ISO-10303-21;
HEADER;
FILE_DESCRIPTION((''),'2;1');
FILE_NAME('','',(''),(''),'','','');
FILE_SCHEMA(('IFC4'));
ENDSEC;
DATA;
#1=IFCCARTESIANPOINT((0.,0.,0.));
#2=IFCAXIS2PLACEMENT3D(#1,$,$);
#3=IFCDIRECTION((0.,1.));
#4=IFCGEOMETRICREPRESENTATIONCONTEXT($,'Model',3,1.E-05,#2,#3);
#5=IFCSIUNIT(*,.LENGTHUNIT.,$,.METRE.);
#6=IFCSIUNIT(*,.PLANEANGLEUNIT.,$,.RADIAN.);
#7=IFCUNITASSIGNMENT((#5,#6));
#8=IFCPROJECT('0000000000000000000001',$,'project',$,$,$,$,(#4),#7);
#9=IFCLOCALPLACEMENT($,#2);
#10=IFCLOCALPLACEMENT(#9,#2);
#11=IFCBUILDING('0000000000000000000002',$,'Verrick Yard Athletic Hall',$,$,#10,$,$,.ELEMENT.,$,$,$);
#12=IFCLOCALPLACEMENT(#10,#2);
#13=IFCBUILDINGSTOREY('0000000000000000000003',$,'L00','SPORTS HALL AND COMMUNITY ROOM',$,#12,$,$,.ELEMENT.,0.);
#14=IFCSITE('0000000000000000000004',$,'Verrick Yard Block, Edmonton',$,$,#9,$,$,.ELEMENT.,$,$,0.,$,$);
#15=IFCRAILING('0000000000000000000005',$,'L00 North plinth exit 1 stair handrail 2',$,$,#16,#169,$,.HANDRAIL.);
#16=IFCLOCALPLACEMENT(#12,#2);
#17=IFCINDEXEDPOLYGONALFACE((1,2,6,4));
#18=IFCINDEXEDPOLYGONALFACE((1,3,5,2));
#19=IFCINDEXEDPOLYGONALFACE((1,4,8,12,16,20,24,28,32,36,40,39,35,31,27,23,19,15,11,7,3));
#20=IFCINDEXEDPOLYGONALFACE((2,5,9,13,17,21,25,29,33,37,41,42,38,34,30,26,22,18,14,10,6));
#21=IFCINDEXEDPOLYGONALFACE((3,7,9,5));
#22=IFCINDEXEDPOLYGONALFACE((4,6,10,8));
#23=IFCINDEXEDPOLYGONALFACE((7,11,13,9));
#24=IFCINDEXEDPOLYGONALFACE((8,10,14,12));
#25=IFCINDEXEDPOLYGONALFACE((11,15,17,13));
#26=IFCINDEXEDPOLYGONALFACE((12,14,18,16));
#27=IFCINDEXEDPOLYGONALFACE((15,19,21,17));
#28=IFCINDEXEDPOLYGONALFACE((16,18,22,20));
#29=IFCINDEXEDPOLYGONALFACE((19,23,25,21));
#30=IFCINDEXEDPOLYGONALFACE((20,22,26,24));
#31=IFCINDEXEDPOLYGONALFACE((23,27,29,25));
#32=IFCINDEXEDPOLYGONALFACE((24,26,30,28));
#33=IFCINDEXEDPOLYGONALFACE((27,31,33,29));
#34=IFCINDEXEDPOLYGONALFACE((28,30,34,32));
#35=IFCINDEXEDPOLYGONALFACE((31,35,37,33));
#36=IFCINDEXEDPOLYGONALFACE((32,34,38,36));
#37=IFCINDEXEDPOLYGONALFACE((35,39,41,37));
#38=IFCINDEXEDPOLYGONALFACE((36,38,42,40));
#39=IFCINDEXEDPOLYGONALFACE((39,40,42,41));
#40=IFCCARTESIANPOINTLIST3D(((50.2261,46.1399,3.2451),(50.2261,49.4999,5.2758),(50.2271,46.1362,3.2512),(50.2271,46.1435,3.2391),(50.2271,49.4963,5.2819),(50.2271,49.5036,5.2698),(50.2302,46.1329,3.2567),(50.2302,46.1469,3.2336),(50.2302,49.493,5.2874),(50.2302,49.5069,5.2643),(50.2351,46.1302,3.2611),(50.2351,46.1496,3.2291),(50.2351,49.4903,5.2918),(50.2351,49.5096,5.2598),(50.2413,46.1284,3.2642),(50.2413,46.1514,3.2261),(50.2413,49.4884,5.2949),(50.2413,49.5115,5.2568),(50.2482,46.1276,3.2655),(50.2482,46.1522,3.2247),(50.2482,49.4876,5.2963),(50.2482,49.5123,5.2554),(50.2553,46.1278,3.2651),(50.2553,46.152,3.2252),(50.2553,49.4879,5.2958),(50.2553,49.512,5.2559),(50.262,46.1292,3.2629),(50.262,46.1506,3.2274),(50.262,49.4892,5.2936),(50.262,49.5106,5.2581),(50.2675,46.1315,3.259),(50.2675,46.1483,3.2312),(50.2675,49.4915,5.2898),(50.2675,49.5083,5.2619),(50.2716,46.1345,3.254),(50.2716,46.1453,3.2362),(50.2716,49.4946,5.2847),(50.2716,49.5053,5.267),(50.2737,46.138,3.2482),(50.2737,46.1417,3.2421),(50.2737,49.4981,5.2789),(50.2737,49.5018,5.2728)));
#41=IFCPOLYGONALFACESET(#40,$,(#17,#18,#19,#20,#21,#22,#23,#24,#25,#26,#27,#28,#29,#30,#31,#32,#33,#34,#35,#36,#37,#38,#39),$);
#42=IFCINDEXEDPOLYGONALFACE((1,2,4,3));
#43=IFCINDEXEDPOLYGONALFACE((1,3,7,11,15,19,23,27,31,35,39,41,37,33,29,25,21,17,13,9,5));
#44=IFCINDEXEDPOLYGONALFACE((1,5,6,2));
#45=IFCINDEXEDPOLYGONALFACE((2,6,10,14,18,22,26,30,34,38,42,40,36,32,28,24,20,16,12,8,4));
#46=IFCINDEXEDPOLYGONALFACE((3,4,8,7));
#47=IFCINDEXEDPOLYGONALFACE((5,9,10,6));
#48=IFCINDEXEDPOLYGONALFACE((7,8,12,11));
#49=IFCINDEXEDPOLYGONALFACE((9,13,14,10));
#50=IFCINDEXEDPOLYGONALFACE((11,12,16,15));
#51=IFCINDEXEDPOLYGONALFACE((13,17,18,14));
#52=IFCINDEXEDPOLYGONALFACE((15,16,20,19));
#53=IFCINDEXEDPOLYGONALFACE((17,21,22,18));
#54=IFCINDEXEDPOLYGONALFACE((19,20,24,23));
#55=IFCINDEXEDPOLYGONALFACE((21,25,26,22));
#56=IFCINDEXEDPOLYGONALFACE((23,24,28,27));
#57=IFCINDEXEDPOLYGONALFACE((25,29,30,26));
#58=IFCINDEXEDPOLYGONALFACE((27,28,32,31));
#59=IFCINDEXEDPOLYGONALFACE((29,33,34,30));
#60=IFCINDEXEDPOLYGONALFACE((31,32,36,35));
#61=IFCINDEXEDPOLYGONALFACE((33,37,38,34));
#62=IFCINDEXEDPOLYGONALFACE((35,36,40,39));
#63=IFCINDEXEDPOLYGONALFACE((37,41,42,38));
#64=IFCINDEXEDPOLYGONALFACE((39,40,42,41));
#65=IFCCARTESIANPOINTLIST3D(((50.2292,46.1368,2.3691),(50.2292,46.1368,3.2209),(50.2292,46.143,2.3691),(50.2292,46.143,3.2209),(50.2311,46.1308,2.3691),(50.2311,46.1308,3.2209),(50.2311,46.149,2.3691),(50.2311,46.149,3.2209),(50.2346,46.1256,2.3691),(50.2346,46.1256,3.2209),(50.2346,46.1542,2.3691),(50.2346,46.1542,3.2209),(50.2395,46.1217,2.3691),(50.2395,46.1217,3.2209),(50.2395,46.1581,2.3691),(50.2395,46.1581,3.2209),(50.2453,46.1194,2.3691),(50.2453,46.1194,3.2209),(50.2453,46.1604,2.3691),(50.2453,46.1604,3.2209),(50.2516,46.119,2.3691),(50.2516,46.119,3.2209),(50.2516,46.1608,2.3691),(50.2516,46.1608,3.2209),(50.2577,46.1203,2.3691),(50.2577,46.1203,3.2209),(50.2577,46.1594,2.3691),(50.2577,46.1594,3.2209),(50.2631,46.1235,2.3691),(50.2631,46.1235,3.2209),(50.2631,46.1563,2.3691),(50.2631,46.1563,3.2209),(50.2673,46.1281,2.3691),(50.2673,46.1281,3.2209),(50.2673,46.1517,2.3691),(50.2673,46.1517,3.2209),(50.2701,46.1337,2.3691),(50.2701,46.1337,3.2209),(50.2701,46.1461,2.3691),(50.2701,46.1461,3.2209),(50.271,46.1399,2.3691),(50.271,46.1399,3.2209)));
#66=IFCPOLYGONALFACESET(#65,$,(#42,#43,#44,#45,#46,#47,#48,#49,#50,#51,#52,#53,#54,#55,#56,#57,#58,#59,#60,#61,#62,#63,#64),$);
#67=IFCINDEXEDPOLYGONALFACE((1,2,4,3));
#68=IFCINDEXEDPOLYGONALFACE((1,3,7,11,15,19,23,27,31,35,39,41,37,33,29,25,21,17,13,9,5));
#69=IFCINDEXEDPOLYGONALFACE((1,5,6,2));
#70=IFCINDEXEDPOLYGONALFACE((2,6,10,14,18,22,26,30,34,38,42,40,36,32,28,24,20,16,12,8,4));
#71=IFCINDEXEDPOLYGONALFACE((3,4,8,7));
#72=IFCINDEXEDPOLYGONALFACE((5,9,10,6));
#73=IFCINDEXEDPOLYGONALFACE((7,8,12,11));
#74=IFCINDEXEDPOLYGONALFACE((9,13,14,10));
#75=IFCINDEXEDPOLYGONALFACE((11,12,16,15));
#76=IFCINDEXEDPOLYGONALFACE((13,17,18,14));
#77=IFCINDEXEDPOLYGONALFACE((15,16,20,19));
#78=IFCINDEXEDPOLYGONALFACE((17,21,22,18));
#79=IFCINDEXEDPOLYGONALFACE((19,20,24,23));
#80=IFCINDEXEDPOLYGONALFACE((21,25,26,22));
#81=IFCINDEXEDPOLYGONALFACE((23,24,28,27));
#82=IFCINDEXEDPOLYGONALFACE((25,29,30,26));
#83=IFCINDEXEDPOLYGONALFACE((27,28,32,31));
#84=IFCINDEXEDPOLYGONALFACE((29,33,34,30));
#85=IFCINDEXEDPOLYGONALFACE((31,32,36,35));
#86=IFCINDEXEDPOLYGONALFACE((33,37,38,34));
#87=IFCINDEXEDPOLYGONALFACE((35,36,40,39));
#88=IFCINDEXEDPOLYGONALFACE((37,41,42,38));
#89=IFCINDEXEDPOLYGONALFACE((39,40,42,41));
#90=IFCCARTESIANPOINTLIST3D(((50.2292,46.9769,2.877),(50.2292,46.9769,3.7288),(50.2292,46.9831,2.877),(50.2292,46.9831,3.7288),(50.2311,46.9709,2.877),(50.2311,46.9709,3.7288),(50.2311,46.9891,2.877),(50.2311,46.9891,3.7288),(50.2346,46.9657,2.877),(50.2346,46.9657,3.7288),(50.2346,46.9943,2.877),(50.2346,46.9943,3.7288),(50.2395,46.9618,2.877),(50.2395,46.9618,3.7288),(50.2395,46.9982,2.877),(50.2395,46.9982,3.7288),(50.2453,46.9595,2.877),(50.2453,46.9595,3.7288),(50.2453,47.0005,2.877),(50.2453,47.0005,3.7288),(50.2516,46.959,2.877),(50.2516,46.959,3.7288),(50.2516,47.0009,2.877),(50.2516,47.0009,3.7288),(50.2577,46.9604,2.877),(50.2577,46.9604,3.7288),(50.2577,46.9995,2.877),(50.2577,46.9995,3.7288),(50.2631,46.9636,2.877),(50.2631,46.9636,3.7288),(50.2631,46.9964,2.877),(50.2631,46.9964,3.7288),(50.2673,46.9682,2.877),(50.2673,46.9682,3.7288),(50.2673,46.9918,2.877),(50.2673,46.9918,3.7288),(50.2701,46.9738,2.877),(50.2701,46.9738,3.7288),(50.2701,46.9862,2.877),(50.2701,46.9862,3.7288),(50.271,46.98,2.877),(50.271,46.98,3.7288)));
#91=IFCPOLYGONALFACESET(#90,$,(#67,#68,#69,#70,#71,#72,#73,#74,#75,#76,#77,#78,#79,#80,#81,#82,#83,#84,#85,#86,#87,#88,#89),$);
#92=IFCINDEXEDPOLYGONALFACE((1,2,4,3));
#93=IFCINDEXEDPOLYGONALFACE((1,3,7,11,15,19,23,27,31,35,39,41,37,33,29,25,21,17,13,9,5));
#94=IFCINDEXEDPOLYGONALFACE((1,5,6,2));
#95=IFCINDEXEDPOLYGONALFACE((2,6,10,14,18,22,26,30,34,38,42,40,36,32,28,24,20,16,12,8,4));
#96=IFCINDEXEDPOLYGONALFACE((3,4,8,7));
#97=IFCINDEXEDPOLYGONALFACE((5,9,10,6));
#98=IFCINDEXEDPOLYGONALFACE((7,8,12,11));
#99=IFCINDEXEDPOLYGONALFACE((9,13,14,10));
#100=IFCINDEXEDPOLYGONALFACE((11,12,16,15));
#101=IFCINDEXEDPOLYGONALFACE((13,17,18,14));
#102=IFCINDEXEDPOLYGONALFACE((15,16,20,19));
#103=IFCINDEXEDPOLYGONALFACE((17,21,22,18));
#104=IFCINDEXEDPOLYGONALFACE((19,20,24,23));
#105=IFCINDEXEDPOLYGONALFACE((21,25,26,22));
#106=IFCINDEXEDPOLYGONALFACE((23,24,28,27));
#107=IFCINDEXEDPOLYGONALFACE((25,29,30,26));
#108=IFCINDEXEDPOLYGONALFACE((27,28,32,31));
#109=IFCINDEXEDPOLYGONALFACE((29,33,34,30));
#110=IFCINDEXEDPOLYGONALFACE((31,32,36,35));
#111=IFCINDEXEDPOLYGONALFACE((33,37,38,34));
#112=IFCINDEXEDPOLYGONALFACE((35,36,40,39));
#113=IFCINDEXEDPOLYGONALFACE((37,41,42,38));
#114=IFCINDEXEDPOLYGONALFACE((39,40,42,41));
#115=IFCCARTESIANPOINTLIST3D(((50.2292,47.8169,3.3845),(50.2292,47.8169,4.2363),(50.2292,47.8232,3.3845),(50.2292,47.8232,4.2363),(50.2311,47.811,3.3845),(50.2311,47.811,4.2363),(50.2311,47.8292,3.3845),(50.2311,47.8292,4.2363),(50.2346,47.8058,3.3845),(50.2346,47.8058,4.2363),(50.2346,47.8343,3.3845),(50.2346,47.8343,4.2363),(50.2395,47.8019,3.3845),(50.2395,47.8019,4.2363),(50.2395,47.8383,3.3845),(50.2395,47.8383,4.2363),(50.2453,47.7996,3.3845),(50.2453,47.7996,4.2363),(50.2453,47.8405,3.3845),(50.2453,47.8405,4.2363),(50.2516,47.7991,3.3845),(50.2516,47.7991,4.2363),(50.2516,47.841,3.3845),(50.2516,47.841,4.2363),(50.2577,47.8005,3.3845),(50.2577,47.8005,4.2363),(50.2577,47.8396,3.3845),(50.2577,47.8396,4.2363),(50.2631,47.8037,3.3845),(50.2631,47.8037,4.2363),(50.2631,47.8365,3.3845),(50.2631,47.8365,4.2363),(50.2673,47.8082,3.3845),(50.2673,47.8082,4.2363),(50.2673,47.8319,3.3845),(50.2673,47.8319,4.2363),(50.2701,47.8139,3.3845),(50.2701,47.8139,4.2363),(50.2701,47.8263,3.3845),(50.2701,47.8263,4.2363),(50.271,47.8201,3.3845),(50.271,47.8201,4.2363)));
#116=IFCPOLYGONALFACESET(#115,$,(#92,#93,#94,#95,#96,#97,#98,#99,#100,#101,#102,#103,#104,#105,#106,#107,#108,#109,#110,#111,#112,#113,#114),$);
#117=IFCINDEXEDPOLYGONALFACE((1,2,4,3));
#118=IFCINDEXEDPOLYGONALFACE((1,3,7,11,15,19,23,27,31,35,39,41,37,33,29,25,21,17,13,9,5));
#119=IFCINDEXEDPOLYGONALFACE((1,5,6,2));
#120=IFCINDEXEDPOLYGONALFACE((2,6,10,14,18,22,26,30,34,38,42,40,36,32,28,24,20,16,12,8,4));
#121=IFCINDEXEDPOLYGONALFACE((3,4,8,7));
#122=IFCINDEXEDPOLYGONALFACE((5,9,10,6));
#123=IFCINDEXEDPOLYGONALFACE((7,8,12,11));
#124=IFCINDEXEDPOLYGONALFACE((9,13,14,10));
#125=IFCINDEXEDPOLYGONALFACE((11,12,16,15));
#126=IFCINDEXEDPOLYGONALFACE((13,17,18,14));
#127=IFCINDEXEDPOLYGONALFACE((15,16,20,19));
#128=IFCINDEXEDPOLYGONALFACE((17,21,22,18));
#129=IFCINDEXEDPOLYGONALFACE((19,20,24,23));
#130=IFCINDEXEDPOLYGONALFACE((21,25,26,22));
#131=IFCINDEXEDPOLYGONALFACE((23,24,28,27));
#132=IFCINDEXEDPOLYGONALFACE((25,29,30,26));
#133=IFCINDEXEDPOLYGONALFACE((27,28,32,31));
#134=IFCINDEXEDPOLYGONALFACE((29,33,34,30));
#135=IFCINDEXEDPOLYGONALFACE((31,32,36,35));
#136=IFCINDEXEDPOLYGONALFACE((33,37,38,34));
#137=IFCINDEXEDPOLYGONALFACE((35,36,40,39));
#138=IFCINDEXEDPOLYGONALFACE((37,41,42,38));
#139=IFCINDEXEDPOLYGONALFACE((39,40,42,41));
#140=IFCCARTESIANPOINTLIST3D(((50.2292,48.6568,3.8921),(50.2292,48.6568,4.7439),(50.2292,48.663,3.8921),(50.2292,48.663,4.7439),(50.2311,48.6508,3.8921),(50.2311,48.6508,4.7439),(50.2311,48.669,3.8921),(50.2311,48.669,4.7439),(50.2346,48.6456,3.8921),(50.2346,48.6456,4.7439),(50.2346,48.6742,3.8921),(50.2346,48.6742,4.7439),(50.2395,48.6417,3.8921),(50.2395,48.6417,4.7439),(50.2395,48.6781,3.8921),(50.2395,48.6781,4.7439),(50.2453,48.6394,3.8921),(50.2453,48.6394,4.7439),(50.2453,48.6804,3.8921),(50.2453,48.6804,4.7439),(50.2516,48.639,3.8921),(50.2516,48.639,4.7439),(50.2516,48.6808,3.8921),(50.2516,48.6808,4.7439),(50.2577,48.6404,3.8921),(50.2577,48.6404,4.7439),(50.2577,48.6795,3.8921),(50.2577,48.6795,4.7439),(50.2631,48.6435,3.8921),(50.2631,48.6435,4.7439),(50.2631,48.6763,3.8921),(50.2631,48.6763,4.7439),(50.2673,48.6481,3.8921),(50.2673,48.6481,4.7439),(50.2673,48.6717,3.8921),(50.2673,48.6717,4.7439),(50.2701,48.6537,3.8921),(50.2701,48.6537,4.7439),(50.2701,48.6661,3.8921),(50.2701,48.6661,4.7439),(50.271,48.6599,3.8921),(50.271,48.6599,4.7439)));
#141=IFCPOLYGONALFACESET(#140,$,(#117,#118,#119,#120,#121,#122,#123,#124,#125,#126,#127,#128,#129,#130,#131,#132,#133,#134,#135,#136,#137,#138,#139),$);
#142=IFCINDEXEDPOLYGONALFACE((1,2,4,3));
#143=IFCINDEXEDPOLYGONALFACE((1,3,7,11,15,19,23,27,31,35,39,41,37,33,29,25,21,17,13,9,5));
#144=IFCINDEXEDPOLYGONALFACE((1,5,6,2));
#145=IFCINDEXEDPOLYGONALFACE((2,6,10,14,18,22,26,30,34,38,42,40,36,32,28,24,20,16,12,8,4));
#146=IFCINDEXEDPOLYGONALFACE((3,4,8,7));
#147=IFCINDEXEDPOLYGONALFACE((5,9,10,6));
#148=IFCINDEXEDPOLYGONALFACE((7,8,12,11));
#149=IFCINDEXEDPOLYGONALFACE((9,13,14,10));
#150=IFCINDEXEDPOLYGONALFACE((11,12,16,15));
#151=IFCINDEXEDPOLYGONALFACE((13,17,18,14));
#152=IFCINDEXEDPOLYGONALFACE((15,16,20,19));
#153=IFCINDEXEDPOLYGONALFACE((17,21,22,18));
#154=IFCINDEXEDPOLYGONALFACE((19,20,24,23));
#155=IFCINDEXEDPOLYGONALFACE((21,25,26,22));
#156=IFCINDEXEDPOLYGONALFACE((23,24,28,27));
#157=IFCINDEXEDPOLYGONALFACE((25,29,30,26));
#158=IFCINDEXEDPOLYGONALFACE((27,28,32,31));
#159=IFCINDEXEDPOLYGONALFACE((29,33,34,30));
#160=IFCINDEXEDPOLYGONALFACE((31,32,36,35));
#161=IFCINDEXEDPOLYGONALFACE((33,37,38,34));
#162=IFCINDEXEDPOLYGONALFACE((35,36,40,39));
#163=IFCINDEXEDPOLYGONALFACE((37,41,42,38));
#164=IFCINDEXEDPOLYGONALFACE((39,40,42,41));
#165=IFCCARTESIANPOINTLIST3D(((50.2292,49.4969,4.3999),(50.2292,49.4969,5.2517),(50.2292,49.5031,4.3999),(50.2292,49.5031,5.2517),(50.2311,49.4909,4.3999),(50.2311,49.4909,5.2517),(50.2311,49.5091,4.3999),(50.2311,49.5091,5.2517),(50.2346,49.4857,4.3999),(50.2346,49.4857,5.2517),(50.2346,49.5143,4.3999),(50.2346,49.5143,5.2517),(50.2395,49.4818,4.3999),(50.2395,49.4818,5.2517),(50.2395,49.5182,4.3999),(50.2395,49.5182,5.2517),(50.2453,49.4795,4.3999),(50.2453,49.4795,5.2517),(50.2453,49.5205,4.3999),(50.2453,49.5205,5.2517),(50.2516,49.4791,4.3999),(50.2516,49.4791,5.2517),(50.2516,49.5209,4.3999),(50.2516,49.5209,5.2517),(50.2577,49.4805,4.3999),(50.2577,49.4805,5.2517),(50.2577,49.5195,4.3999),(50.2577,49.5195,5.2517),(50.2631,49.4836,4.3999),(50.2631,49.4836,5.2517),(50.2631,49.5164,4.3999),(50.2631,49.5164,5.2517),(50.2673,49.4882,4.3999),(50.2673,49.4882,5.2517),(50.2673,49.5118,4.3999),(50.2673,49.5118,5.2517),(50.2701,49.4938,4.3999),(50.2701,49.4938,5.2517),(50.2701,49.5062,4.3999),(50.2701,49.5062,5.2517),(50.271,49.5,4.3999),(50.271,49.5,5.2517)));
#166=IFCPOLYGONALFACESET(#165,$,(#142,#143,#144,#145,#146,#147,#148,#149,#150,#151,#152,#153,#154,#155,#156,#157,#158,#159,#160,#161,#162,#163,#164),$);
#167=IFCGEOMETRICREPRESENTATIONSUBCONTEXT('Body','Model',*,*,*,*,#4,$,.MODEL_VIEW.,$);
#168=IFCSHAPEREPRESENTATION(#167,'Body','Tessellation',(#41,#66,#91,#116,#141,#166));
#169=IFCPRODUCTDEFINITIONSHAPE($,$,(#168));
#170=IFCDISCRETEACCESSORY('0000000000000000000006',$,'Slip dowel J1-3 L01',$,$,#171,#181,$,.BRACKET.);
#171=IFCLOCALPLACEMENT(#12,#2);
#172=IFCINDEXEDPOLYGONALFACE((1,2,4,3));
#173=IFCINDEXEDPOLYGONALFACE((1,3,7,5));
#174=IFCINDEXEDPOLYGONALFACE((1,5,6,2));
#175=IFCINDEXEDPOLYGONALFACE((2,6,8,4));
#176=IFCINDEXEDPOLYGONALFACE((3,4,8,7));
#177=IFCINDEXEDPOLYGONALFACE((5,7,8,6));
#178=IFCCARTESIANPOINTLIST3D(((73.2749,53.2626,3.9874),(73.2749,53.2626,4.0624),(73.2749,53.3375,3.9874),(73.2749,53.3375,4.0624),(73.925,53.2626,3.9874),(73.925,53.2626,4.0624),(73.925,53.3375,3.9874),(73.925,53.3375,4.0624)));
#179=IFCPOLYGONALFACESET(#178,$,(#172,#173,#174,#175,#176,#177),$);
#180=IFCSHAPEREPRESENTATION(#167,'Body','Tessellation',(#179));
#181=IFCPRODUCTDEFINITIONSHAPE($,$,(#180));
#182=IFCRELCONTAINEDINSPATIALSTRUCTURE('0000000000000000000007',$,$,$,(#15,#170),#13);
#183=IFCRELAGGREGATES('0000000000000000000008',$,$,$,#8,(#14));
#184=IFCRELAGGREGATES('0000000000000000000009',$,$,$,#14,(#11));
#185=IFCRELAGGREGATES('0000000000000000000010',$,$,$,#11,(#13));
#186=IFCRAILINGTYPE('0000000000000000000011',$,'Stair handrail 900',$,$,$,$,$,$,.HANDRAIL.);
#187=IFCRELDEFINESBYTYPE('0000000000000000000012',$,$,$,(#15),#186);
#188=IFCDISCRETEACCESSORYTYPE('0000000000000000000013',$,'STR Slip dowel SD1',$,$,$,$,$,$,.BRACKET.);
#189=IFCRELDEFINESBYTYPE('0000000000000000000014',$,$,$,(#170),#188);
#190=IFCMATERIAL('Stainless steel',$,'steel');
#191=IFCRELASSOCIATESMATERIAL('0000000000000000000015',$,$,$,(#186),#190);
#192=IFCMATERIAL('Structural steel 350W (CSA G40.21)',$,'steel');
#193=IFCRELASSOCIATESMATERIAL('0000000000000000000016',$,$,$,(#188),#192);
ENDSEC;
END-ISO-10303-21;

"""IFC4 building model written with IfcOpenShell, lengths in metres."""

from ifc_helpers import new_model, si_unit, direction, frame, origin, origin_2d, place, context, subcontext, project, spatial, rectangle, circle, extrude, material, material_profile, profile_set, type_object, element, save


model = new_model("IFC4")

# Units and contexts
model_context = context("Model", 3, precision=1e-05, world=origin(), true_north=direction((0.0, 1.0)))
body_context = subcontext(model_context, "Body", "Model", "MODEL_VIEW")
ifc_project = project(units=[si_unit("LENGTHUNIT", "METRE"), si_unit("PLANEANGLEUNIT", "RADIAN")], contexts=[model_context])

# Site, building, storey
site_placement = place(None, origin())
site = spatial("IfcSite", under=ifc_project, at=site_placement, Name="Verrick Yard Block, Edmonton", CompositionType="ELEMENT", RefElevation=0.0)
building_placement = place(site_placement, origin())
building = spatial("IfcBuilding", under=site, at=building_placement, Name="Verrick Yard Athletic Hall", CompositionType="ELEMENT")
storey_placement = place(building_placement, origin())
storey = spatial("IfcBuildingStorey", under=building, at=storey_placement, Name="L00", Description="SPORTS HALL AND COMMUNITY ROOM", CompositionType="ELEMENT", Elevation=0.0)

# Railing
ifc_material_1 = material(Name="Stainless steel", Category="steel")
railing_type_1 = type_object("IfcRailingType", Name="Stair handrail 900", PredefinedType="HANDRAIL", material=ifc_material_1)
railing_1_placement = place(storey_placement, frame((50.25, 46.1399, 2.3691)))
element("IfcRailing", 1, at=railing_1_placement, inside=storey, type_object=railing_type_1, Name="L00 North plinth exit 1 stair handrail 2", PredefinedType="HANDRAIL", context=body_context, shape_type="SweptSolid", body=[
    extrude(circle(Radius=0.0239, at=origin_2d()), frame((0.0, 0.0, 0.876), z_axis=(0.0, 0.855837, 0.517246), x_axis=(-1.0, 0.0, 0.0)), (0.0, 0.0, 1.0), 3.926),
    extrude(circle(Radius=0.021, at=origin_2d()), origin(), (0.0, 0.0, 1.0), 0.8518),
    extrude(circle(Radius=0.021, at=origin_2d()), frame((0.0, 0.8401, 0.5078)), (0.0, 0.0, 1.0), 0.8518),
    extrude(circle(Radius=0.021, at=origin_2d()), frame((0.0, 1.6802, 1.0154)), (0.0, 0.0, 1.0), 0.8518),
    extrude(circle(Radius=0.021, at=origin_2d()), frame((0.0, 2.52, 1.5229)), (0.0, 0.0, 1.0), 0.8518),
    extrude(circle(Radius=0.021, at=origin_2d()), frame((0.0, 3.3601, 2.0308)), (0.0, 0.0, 1.0), 0.8518),
])

# Discrete accessory
ifc_material_2 = material(Name="Structural steel 350W (CSA G40.21)", Category="steel")
ifc_material_profile_1 = material_profile(ifc_material_2, rectangle(XDim=0.075, YDim=0.075, at=origin_2d()), Name="STR Slip dowel SD1")
ifc_profile_set_1 = profile_set([ifc_material_profile_1], Name="Structural steel 350W (CSA G40.21)")
discrete_accessory_type = type_object("IfcDiscreteAccessoryType", Name="STR Slip dowel SD1", PredefinedType="BRACKET", material=ifc_profile_set_1)
discrete_accessory_placement = place(storey_placement, frame((73.2749, 53.3, 4.0249), z_axis=(1.0, 0.0, 0.0), x_axis=(0.0, 1.0, 0.0)))
element("IfcDiscreteAccessory", 2, at=discrete_accessory_placement, inside=storey, type_object=discrete_accessory_type, Name="Slip dowel J1-3 L01", PredefinedType="BRACKET", context=body_context, shape_type="SweptSolid", body=[
    extrude(rectangle(XDim=0.075, YDim=0.075, at=origin_2d()), origin(), (0.0, 0.0, 1.0), 0.6501),
])

save(model, "model.ifc")
